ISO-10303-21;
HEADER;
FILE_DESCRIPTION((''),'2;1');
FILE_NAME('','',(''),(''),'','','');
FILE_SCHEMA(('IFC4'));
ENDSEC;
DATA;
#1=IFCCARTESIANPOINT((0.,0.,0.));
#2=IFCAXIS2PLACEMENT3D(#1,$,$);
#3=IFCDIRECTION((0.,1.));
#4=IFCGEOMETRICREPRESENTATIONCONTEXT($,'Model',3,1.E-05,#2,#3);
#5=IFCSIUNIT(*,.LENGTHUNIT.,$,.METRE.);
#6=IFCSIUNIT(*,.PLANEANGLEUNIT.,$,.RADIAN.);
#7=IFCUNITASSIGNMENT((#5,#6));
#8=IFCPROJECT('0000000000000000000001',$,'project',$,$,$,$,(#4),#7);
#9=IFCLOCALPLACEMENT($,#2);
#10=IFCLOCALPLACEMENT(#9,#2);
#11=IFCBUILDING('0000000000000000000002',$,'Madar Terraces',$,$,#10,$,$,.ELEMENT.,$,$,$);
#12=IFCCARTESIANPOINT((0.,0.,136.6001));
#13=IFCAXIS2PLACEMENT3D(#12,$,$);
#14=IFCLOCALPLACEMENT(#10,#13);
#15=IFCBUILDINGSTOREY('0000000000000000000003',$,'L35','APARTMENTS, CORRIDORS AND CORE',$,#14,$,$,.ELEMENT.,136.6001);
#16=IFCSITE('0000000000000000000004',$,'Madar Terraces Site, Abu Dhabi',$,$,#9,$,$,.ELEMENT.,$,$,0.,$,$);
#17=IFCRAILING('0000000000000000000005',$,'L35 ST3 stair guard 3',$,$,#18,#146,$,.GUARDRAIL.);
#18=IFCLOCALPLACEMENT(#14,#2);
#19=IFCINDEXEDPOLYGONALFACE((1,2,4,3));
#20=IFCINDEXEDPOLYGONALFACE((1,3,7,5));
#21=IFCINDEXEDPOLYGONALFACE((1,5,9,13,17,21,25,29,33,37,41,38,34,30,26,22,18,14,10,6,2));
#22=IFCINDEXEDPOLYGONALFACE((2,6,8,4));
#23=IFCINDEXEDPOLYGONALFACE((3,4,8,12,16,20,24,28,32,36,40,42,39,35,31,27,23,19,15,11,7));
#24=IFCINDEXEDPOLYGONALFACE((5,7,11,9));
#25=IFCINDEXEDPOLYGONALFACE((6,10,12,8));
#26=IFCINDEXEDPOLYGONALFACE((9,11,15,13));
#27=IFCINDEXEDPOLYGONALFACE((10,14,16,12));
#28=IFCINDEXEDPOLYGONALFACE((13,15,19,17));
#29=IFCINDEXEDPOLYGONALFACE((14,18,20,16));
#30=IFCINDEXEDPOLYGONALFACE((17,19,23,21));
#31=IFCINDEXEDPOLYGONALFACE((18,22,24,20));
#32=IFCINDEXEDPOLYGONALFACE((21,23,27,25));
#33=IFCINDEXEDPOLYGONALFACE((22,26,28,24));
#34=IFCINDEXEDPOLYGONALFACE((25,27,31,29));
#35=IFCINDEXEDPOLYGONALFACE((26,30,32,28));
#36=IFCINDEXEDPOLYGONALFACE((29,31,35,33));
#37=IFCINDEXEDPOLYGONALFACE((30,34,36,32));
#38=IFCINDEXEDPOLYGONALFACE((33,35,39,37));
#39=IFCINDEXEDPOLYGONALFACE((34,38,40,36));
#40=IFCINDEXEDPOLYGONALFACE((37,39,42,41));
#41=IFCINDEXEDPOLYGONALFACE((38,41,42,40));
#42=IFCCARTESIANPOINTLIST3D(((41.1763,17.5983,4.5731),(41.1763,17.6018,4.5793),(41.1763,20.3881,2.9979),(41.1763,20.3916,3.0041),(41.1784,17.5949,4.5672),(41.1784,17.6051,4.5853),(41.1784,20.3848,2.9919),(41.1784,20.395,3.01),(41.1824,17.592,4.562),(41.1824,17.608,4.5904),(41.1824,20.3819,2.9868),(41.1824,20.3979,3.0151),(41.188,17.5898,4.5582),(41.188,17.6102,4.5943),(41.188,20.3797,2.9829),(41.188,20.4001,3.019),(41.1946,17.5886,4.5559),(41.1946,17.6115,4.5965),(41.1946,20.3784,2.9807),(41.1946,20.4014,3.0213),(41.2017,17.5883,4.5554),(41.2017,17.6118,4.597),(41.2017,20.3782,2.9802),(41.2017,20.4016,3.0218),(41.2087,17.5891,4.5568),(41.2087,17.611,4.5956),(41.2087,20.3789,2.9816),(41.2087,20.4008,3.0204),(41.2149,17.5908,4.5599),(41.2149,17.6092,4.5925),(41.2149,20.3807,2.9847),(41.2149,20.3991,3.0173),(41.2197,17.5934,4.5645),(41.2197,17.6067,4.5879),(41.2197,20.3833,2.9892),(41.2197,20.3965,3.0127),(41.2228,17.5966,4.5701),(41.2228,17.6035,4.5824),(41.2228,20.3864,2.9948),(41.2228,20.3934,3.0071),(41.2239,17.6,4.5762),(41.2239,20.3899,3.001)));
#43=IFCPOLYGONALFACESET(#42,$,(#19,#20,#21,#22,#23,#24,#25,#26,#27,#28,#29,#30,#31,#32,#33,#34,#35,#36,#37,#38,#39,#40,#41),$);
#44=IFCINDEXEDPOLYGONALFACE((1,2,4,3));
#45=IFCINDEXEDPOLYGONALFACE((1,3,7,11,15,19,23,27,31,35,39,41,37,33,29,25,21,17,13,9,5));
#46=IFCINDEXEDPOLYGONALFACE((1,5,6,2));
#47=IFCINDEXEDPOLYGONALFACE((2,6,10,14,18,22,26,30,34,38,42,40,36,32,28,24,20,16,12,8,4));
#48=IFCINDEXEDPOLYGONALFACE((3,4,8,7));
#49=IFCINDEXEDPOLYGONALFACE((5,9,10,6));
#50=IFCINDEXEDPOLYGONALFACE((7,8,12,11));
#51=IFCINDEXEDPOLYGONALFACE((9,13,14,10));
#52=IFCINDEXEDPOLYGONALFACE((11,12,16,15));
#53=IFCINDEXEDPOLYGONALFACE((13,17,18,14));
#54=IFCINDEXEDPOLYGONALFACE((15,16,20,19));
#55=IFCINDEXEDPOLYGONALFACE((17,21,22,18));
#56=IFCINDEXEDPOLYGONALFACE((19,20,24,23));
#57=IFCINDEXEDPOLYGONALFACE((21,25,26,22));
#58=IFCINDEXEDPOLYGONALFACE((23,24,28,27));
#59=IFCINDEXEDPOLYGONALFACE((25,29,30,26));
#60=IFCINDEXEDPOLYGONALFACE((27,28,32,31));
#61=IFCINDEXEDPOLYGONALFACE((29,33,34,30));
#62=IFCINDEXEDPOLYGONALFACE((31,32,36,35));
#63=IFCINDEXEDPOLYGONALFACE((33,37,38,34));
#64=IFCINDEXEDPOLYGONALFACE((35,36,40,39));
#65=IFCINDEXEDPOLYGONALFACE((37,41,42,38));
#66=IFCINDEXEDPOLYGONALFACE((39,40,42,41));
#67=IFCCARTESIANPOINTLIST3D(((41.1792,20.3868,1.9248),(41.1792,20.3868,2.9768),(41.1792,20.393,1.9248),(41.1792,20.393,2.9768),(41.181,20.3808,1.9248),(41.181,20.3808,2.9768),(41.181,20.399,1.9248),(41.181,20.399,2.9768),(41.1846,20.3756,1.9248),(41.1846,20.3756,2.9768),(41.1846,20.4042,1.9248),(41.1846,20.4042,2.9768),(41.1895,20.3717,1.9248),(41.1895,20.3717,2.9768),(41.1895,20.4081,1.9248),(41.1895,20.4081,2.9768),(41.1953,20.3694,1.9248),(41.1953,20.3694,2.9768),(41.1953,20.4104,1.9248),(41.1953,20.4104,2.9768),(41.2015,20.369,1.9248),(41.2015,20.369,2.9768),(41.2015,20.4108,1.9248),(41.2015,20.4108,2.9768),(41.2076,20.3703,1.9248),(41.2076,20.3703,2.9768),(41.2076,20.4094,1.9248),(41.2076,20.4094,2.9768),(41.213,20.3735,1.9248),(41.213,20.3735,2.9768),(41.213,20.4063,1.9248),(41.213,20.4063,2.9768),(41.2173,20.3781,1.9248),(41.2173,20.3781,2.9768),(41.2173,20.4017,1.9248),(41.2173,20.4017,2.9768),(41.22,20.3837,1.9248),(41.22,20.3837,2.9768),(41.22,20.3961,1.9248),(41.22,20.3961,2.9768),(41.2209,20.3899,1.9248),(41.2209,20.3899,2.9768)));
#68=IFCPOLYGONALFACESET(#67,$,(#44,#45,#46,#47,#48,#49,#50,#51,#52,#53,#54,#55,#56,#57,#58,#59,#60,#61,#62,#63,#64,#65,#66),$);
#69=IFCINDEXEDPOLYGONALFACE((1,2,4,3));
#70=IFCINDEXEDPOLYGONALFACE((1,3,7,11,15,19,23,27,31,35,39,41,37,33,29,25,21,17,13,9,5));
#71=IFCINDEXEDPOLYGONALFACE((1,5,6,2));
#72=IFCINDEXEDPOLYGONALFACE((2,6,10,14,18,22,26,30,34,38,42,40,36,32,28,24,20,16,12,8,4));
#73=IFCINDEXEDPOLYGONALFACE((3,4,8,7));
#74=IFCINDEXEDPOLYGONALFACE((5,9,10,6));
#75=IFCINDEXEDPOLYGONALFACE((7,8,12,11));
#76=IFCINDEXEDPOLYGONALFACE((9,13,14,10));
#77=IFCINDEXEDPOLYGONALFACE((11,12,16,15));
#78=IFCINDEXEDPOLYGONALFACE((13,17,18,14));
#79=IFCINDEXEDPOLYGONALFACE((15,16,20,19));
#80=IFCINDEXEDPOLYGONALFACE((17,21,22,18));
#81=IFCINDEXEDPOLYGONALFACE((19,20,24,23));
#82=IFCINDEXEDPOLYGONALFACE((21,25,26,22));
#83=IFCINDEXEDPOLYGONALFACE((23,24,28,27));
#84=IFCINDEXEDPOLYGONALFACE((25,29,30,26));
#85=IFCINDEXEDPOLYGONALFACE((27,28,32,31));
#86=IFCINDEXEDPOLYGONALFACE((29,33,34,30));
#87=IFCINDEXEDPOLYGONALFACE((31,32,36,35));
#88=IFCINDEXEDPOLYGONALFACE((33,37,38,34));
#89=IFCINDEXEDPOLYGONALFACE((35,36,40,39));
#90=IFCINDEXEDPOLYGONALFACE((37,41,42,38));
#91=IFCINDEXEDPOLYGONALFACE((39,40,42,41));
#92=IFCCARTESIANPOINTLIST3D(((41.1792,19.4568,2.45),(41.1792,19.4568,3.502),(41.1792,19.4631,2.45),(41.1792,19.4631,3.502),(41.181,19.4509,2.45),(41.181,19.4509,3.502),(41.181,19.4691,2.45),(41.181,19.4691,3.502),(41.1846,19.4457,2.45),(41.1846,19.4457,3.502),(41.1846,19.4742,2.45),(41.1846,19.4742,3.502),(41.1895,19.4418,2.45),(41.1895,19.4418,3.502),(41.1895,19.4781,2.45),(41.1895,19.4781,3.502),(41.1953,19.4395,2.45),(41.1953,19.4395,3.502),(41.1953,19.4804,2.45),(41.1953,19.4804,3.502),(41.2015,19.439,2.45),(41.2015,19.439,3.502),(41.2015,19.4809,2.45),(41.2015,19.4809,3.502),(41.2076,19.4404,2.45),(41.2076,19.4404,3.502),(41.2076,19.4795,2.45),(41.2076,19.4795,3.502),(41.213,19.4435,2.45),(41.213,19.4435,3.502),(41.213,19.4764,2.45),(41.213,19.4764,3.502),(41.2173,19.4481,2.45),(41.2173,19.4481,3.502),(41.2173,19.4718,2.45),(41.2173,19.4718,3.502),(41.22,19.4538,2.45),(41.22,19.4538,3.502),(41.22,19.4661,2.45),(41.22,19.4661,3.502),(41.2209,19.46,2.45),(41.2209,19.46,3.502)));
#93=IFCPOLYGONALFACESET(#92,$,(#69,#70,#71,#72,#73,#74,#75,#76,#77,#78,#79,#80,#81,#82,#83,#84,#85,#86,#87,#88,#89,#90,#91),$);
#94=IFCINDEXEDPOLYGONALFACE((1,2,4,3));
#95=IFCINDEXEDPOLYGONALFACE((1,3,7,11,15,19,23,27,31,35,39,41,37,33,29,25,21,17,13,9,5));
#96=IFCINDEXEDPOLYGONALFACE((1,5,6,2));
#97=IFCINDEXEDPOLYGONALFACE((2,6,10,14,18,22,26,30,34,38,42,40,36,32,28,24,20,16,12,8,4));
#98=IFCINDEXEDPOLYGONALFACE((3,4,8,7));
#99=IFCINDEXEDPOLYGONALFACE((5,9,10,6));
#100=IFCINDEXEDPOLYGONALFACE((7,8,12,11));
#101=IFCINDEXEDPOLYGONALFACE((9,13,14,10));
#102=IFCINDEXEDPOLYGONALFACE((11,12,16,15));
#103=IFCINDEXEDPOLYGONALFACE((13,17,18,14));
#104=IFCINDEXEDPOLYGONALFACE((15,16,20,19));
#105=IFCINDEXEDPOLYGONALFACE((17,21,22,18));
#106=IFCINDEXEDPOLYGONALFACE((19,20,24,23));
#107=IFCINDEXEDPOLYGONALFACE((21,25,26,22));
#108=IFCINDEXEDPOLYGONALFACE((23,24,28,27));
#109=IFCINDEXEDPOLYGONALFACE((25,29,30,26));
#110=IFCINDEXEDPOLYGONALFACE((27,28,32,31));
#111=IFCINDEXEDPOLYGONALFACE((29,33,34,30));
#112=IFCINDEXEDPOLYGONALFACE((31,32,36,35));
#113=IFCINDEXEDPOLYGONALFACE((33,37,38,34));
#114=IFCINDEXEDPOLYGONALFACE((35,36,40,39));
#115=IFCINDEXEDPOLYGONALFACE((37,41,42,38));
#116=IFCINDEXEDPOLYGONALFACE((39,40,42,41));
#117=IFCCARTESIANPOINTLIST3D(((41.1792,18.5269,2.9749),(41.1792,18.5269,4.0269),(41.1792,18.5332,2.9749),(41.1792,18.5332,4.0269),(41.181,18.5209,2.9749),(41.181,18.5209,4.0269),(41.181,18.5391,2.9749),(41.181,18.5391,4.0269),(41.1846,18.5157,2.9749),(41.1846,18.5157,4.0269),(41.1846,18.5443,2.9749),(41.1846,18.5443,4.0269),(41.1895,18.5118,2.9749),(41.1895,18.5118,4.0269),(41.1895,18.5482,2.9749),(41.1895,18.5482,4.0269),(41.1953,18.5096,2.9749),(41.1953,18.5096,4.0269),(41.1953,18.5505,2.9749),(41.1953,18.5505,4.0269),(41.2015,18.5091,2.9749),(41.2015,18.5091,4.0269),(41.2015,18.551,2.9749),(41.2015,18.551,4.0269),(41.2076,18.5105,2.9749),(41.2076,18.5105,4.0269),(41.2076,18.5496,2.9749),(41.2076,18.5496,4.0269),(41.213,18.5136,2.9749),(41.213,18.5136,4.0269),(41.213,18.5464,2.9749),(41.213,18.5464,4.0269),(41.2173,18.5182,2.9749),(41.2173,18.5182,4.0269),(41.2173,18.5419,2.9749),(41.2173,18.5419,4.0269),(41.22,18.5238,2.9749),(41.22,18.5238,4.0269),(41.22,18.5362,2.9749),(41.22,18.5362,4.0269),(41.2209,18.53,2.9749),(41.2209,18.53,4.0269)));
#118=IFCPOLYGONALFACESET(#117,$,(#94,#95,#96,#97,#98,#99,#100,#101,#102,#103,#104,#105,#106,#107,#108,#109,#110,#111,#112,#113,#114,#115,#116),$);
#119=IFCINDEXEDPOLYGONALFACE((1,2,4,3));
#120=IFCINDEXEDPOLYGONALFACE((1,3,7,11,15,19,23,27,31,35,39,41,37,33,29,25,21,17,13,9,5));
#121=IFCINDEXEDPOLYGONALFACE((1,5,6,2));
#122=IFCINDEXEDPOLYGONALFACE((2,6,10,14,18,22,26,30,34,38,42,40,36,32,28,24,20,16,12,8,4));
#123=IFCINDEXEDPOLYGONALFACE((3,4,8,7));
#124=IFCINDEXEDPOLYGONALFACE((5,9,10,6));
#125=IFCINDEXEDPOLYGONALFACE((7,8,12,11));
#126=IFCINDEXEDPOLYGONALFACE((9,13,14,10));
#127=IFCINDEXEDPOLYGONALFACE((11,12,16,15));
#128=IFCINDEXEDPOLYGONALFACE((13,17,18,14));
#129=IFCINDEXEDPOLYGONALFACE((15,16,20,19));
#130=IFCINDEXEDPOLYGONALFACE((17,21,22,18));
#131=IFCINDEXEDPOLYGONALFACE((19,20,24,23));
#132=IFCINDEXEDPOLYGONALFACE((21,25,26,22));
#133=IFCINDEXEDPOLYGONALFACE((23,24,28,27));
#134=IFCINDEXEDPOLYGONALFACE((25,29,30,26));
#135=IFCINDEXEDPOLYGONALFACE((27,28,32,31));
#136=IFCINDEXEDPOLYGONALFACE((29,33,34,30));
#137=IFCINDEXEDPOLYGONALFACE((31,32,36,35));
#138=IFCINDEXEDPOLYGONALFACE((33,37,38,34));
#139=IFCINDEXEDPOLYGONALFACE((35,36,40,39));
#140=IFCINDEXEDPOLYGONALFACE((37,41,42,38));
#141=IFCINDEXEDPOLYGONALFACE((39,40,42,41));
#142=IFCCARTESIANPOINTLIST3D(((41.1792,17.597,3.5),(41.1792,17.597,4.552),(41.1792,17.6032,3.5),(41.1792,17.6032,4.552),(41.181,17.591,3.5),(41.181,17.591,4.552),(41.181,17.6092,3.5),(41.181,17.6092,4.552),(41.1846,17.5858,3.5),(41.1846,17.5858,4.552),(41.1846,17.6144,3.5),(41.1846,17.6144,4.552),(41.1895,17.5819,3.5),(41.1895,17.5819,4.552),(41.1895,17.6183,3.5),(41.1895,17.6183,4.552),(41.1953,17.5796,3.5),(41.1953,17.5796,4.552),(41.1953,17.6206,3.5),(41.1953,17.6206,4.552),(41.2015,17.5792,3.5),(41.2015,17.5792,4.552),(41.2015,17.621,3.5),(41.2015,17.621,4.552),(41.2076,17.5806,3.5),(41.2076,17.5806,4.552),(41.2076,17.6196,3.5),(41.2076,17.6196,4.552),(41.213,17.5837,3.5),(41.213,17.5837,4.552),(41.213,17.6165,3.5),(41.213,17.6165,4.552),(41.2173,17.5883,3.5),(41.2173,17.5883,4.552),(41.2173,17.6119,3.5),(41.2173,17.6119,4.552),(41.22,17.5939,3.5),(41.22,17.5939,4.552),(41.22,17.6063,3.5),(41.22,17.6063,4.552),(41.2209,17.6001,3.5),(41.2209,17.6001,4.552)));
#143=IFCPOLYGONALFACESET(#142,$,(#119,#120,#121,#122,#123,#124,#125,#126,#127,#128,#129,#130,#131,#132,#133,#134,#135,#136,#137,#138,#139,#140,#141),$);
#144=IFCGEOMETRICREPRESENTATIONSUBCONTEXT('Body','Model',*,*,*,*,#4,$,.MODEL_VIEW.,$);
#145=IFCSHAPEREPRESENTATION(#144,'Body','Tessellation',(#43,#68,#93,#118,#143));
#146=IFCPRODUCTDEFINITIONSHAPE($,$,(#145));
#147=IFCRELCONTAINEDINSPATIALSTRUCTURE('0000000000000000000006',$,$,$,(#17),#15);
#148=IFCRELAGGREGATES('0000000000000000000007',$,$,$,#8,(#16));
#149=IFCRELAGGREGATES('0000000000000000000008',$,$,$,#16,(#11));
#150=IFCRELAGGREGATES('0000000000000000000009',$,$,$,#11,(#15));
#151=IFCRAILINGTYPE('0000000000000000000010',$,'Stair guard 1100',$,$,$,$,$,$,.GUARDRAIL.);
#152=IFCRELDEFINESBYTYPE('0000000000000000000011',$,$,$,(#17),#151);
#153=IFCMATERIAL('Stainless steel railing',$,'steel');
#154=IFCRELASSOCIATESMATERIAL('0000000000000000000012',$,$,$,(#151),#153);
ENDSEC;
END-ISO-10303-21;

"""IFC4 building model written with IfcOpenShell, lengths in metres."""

from ifc_helpers import new_model, si_unit, direction, frame, origin, origin_2d, place, context, subcontext, project, spatial, circle, extrude, material, type_object, element, save


model = new_model("IFC4")

# Units and contexts
model_context = context("Model", 3, precision=1e-05, world=origin(), true_north=direction((0.0, 1.0)))
body_context = subcontext(model_context, "Body", "Model", "MODEL_VIEW")
ifc_project = project(units=[si_unit("LENGTHUNIT", "METRE"), si_unit("PLANEANGLEUNIT", "RADIAN")], contexts=[model_context])

# Site, building, storey
site_placement = place(None, origin())
site = spatial("IfcSite", under=ifc_project, at=site_placement, Name="Madar Terraces Site, Abu Dhabi", CompositionType="ELEMENT", RefElevation=0.0)
building_placement = place(site_placement, origin())
building = spatial("IfcBuilding", under=site, at=building_placement, Name="Madar Terraces", CompositionType="ELEMENT")
storey_placement = place(building_placement, frame((0.0, 0.0, 136.6001)))
storey = spatial("IfcBuildingStorey", under=building, at=storey_placement, Name="L35", Description="APARTMENTS, CORRIDORS AND CORE", CompositionType="ELEMENT", Elevation=136.6001)

# Railing
ifc_material_1 = material(Name="Stainless steel railing", Category="steel")
railing_type_1 = type_object("IfcRailingType", Name="Stair guard 1100", PredefinedType="GUARDRAIL", material=ifc_material_1)
railing_1_placement = place(storey_placement, frame((41.2, 20.3899, 1.9248)))
element("IfcRailing", 1, at=railing_1_placement, inside=storey, type_object=railing_type_1, Name="L35 ST3 stair guard 3", PredefinedType="GUARDRAIL", context=body_context, shape_type="SweptSolid", body=[
    extrude(circle(Radius=0.0239, at=origin_2d()), frame((0.0, 0.0, 1.0762), z_axis=(0.0, -0.870783, 0.491668), x_axis=(1.0, 0.0, 0.0)), (0.0, 0.0, 1.0), 3.2039),
    extrude(circle(Radius=0.021, at=origin_2d()), origin(), (0.0, 0.0, 1.0), 1.052),
    extrude(circle(Radius=0.021, at=origin_2d()), frame((0.0, -0.9299, 0.5251)), (0.0, 0.0, 1.0), 1.052),
    extrude(circle(Radius=0.021, at=origin_2d()), frame((0.0, -1.8599, 1.05)), (0.0, 0.0, 1.0), 1.052),
    extrude(circle(Radius=0.021, at=origin_2d()), frame((0.0, -2.7898, 1.5752)), (0.0, 0.0, 1.0), 1.052),
])

save(model, "model.ifc")
